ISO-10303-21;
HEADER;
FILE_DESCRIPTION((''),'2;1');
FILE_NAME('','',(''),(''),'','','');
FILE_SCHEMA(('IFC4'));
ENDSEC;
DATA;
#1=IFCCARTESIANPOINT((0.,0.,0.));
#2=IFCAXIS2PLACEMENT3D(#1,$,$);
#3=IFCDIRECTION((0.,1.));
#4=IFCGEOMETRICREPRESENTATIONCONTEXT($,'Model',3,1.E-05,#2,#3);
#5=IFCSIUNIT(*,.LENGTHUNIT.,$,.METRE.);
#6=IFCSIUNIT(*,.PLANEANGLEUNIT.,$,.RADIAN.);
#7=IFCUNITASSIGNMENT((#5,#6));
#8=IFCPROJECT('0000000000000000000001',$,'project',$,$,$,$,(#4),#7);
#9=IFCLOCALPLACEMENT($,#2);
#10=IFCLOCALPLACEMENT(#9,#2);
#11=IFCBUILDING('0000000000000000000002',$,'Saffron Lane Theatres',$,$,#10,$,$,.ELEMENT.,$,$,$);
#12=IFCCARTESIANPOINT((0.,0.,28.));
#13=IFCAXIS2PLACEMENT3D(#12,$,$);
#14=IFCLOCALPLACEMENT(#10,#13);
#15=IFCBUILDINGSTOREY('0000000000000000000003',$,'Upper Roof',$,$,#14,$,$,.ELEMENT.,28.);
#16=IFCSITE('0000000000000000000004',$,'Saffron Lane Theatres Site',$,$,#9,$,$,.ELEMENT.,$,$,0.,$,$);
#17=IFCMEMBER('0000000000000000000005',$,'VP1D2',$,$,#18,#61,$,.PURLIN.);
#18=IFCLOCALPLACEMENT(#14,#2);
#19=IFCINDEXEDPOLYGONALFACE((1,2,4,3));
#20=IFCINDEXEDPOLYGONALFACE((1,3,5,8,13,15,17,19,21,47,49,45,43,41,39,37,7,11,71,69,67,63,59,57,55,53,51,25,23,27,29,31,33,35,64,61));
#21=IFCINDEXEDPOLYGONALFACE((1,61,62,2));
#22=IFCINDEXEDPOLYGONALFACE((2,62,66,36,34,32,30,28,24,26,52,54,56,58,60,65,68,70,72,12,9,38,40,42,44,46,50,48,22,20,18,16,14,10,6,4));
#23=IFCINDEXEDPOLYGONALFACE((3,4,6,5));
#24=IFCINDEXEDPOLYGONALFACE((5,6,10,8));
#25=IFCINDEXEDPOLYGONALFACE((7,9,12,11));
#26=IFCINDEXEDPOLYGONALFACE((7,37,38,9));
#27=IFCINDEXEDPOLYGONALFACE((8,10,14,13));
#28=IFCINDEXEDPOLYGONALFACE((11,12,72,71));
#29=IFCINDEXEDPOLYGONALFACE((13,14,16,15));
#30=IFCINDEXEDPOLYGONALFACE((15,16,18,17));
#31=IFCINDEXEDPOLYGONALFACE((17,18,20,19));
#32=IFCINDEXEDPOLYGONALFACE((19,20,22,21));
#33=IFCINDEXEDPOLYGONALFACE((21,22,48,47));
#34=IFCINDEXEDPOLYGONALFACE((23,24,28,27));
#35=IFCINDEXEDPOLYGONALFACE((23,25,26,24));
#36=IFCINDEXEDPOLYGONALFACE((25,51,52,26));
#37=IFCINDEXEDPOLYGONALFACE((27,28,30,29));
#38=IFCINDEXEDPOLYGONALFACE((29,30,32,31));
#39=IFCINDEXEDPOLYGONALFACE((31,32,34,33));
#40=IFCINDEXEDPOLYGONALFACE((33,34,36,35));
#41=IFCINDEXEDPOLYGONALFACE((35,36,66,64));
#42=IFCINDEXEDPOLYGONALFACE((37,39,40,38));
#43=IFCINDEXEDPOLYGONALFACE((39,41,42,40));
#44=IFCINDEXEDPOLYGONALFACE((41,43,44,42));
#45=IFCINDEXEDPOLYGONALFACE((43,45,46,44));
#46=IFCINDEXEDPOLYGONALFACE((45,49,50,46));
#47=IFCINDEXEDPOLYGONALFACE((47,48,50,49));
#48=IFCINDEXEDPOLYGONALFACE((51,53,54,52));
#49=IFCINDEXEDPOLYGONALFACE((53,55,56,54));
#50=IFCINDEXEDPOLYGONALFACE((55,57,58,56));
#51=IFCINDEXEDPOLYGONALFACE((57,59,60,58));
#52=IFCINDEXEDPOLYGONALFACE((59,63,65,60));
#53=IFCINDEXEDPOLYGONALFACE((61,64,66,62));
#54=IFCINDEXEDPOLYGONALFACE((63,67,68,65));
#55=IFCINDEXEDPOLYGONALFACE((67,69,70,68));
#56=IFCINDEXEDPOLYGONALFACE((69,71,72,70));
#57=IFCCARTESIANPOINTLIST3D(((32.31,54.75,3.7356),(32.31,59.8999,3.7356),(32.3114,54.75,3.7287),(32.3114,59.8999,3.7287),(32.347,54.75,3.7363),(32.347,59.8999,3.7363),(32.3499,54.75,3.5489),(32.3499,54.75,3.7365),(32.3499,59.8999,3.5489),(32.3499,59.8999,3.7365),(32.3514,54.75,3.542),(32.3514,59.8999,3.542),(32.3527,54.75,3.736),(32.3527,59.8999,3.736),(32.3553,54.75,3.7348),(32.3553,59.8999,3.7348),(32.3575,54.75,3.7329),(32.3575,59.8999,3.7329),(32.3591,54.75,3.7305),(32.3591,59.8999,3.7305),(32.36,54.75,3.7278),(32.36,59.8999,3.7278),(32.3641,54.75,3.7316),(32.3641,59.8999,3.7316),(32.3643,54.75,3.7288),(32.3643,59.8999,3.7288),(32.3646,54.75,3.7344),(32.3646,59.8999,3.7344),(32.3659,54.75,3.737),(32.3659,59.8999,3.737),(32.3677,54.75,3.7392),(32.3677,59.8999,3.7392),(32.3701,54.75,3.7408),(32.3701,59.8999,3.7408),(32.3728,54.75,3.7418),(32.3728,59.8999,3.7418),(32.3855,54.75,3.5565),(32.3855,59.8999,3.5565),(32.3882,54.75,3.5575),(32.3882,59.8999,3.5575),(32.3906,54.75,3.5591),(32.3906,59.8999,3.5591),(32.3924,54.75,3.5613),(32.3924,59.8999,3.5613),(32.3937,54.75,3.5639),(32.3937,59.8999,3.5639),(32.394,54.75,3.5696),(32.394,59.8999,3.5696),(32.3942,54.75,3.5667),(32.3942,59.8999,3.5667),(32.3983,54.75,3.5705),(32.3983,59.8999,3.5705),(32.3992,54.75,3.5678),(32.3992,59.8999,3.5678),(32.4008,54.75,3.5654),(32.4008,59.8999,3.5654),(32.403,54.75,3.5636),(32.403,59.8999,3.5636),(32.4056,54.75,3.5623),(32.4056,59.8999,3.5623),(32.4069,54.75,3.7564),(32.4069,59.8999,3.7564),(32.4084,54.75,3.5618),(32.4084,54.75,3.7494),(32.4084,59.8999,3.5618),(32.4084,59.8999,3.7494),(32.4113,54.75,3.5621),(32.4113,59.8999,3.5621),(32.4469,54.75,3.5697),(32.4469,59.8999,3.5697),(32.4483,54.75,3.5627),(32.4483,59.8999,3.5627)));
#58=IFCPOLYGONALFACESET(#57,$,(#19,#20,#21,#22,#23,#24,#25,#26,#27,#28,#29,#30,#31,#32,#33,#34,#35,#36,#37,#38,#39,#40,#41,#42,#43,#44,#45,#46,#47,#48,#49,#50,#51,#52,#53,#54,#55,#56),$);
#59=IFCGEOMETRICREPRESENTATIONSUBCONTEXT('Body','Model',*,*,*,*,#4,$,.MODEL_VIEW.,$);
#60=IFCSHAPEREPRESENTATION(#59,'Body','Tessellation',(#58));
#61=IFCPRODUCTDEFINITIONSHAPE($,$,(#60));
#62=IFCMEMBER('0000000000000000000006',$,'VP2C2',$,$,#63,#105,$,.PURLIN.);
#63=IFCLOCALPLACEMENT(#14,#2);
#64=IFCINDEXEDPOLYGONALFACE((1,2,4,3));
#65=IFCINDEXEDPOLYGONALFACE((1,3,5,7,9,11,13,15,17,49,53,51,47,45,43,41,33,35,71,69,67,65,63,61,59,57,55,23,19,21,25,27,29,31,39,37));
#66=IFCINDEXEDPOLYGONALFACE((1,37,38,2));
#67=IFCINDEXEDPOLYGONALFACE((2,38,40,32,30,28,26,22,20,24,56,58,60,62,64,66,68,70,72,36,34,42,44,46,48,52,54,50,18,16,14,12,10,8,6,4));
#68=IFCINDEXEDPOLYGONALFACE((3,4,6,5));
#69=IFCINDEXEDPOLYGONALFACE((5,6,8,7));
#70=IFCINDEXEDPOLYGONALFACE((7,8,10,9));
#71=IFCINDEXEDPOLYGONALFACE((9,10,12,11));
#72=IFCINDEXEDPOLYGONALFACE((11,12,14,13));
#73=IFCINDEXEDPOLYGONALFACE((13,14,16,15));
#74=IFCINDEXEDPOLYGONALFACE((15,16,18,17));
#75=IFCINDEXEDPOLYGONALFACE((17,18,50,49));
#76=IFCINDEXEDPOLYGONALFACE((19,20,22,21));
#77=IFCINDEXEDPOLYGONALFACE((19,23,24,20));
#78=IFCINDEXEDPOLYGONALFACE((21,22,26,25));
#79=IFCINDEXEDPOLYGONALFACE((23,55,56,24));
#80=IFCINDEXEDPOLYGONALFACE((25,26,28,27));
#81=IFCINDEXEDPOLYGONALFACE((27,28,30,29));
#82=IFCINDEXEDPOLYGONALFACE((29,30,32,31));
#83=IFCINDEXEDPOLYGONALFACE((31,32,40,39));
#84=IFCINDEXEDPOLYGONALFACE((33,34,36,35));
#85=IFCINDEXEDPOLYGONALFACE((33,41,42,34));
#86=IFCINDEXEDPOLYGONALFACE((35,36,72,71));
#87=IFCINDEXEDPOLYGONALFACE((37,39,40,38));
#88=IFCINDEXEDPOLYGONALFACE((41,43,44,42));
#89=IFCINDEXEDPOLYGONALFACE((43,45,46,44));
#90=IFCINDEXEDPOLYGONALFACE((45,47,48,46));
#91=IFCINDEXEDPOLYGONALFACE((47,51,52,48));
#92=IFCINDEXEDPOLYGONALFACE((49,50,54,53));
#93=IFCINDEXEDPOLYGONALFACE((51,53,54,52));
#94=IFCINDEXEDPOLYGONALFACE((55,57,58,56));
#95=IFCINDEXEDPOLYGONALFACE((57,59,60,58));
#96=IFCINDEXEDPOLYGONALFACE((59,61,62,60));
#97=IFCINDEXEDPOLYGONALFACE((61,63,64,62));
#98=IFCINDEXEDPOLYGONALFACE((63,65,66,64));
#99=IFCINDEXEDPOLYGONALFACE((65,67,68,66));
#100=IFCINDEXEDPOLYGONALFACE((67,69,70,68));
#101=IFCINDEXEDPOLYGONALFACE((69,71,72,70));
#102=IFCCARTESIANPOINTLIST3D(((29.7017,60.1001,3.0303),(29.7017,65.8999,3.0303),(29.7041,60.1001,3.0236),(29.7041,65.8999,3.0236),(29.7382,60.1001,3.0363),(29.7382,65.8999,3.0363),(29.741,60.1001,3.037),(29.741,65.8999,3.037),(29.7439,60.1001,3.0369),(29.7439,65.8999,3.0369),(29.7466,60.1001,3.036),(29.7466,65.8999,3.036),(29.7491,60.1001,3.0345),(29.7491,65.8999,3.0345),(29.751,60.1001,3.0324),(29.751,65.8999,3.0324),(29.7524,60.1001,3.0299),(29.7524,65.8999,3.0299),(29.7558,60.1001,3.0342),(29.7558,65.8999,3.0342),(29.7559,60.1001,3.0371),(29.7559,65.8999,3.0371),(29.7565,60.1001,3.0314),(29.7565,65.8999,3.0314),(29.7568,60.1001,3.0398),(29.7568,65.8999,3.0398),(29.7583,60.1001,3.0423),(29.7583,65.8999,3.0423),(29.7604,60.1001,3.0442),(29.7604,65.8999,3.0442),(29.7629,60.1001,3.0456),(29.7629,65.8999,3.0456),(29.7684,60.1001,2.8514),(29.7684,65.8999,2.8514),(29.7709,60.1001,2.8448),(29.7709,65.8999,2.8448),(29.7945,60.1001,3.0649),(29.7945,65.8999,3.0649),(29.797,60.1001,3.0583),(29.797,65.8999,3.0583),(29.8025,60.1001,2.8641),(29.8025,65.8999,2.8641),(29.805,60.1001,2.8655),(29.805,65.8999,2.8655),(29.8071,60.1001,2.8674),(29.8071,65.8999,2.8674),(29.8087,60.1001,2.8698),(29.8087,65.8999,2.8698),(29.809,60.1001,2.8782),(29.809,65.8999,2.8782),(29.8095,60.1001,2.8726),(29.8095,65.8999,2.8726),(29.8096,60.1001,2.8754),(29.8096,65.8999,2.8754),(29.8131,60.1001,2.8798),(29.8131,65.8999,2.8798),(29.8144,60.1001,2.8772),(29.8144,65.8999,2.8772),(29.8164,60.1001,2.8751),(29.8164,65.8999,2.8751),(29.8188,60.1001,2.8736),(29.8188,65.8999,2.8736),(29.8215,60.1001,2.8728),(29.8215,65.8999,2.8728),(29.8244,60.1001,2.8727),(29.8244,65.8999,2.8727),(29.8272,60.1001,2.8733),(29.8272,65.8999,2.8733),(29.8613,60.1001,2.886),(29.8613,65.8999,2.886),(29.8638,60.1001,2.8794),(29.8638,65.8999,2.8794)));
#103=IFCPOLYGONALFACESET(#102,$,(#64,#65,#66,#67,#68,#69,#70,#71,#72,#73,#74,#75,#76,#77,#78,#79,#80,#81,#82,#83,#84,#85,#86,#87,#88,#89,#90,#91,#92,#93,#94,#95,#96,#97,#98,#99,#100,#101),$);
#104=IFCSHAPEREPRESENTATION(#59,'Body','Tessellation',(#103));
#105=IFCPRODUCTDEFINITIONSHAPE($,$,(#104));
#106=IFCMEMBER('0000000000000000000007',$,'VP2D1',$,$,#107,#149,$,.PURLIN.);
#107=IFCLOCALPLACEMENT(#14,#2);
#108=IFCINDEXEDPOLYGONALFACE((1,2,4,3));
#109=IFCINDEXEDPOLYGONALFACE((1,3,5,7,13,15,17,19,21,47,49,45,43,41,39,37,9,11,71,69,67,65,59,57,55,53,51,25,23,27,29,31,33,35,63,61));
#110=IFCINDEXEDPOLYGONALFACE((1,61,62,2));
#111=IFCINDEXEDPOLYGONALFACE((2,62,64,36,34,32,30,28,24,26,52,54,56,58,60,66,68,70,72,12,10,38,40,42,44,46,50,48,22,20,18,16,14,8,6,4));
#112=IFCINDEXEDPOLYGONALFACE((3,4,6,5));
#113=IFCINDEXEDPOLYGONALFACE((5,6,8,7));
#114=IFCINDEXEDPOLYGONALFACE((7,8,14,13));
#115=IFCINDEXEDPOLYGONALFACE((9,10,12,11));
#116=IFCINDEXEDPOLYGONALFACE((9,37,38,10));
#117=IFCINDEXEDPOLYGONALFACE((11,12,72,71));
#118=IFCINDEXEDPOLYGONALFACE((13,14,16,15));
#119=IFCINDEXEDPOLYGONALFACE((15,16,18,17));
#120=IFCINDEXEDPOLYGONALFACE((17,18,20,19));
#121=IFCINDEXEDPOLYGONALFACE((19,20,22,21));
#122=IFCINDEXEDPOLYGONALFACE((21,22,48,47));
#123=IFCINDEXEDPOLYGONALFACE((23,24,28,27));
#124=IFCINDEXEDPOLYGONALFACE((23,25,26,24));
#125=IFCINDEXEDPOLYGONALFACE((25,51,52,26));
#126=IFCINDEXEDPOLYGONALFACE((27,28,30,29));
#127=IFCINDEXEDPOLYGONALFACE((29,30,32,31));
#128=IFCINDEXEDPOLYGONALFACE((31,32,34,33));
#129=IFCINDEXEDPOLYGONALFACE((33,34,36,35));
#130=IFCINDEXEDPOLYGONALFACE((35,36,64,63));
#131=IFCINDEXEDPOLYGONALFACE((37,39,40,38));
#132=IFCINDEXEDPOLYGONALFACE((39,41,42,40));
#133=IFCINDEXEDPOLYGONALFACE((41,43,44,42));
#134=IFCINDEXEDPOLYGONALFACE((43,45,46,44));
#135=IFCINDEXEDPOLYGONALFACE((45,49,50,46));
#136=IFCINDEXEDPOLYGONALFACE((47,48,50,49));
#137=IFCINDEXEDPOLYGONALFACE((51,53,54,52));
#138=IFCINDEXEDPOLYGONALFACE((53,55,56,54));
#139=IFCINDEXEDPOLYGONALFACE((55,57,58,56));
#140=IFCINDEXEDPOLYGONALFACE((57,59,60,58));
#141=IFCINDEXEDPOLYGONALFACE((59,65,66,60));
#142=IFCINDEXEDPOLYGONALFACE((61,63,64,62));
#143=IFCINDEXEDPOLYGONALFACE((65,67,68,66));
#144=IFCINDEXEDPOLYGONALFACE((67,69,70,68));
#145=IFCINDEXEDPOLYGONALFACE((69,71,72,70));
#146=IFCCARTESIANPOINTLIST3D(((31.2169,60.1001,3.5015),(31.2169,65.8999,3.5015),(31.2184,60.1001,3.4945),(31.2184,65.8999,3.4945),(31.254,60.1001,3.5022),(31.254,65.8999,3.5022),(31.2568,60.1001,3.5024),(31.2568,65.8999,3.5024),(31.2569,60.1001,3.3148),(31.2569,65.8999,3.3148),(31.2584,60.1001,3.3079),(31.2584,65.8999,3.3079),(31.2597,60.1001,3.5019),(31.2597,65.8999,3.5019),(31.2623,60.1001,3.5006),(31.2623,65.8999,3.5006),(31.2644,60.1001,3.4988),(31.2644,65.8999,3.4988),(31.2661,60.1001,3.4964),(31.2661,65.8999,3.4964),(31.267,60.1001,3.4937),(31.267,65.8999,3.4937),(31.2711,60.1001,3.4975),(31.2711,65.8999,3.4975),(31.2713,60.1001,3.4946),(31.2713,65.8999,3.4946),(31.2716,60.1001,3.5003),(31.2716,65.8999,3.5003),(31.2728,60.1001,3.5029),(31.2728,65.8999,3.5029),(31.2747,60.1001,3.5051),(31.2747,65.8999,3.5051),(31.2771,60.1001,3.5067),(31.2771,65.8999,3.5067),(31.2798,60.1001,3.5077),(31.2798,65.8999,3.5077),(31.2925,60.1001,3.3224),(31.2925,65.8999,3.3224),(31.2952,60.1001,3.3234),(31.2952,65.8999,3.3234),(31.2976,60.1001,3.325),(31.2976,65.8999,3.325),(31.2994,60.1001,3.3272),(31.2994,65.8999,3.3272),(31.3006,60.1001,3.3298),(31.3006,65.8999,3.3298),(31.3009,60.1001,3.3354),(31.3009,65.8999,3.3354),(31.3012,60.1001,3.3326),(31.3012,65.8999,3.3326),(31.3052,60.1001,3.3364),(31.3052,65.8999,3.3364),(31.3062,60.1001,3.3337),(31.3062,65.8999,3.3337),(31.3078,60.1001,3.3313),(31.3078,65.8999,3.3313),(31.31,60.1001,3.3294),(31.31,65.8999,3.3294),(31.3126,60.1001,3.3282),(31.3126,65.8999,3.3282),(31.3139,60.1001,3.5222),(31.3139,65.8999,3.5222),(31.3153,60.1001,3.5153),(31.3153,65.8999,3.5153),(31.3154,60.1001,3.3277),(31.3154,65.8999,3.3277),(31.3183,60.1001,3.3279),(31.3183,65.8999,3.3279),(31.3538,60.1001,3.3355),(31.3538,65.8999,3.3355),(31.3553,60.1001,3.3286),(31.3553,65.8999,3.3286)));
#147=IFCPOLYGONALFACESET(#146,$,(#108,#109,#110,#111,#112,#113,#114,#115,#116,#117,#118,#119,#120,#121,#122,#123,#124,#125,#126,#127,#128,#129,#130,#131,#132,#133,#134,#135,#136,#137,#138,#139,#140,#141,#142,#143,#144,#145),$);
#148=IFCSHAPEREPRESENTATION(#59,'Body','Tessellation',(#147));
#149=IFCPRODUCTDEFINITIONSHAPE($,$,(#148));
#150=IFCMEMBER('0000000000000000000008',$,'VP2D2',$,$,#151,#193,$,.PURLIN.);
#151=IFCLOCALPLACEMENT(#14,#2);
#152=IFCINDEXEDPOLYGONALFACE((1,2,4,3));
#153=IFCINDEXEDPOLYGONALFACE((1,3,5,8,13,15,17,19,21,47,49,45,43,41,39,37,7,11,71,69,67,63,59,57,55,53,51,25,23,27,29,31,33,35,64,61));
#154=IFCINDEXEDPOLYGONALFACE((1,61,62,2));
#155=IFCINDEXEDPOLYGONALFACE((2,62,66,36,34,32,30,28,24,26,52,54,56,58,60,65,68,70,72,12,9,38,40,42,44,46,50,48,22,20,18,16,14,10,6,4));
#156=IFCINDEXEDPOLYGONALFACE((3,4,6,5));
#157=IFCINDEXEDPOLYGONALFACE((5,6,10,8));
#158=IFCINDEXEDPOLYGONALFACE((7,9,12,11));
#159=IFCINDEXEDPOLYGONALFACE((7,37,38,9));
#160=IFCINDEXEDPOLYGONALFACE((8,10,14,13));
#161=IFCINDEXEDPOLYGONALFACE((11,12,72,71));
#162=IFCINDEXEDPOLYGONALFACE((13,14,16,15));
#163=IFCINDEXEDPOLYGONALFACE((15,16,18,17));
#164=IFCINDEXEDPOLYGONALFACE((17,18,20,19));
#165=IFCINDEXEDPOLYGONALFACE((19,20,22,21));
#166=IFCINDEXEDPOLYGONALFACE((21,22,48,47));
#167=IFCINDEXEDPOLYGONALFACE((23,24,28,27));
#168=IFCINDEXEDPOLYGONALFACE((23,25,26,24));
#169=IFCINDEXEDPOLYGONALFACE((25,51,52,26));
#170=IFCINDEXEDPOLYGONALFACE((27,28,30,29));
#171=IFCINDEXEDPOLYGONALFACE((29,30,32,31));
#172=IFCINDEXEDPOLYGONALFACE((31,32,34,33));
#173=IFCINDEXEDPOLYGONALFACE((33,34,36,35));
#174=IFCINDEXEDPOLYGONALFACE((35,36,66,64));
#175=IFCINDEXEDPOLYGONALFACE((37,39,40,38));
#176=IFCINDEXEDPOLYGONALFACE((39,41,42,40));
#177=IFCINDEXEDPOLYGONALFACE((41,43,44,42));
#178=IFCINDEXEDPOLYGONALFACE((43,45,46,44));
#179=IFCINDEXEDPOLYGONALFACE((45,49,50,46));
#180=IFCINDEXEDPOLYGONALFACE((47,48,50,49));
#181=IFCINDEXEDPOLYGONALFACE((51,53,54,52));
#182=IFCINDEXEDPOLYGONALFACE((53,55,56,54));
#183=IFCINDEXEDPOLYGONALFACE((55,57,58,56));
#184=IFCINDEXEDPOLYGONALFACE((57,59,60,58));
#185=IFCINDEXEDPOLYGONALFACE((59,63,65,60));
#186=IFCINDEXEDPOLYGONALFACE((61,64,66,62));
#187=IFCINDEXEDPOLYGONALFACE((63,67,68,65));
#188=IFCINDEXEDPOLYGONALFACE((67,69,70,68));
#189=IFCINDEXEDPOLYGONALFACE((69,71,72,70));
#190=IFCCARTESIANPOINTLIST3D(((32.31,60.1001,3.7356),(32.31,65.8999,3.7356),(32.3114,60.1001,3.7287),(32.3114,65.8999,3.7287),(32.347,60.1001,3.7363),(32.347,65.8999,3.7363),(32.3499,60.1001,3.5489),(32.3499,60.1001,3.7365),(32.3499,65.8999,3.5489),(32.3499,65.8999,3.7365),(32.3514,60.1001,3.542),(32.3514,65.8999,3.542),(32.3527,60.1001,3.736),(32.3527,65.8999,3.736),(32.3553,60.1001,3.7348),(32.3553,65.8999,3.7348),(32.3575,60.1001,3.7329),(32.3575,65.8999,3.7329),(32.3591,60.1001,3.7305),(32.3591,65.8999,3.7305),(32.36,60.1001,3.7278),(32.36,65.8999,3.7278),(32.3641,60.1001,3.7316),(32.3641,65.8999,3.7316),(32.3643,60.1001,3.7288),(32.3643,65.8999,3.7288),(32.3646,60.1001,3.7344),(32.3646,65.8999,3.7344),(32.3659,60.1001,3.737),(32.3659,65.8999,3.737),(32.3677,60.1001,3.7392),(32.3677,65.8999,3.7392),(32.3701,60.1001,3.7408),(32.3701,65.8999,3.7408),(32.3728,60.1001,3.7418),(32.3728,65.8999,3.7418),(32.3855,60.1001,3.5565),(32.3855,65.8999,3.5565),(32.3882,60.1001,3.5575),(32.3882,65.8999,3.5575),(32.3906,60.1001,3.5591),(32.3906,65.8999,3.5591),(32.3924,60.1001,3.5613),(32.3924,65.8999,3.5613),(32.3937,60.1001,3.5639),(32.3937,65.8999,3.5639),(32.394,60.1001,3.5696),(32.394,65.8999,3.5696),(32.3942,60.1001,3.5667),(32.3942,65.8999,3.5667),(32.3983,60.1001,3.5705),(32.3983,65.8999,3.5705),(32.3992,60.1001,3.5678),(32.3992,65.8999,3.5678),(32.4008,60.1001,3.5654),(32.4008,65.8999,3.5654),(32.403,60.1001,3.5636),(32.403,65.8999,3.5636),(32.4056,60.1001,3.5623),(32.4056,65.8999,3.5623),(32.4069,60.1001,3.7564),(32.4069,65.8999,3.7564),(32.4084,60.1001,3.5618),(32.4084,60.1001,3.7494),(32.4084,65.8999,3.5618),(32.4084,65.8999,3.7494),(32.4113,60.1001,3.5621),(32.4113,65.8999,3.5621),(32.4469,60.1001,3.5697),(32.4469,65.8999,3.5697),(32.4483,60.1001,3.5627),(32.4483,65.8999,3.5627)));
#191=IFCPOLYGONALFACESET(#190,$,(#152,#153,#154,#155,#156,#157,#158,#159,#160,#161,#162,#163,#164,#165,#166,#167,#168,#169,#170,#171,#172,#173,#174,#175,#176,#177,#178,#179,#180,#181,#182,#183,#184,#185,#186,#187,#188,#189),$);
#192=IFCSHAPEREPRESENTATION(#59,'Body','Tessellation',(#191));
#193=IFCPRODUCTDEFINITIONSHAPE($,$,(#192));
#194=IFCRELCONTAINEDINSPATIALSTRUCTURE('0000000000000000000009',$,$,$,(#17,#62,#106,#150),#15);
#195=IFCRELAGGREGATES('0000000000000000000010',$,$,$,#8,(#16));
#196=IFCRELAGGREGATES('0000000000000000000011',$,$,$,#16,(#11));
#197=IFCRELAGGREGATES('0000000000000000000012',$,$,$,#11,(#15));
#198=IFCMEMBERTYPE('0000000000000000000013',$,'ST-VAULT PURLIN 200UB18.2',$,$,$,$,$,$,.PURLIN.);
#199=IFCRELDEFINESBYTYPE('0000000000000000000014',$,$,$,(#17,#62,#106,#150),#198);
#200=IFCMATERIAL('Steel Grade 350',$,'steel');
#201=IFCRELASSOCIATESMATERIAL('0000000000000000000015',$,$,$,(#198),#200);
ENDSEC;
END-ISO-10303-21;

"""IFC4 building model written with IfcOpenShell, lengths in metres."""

from ifc_helpers import new_model, si_unit, direction, frame, origin, origin_2d, place, context, subcontext, project, spatial, i_section, extrude, material, material_profile, profile_set, type_object, element, save


model = new_model("IFC4")

# Units and contexts
model_context = context("Model", 3, precision=1e-05, world=origin(), true_north=direction((0.0, 1.0)))
body_context = subcontext(model_context, "Body", "Model", "MODEL_VIEW")
ifc_project = project(units=[si_unit("LENGTHUNIT", "METRE"), si_unit("PLANEANGLEUNIT", "RADIAN")], contexts=[model_context])

# Site, building, storey
site_placement = place(None, origin())
site = spatial("IfcSite", under=ifc_project, at=site_placement, Name="Saffron Lane Theatres Site", CompositionType="ELEMENT", RefElevation=0.0)
building_placement = place(site_placement, origin())
building = spatial("IfcBuilding", under=site, at=building_placement, Name="Saffron Lane Theatres", CompositionType="ELEMENT")
storey_placement = place(building_placement, frame((0.0, 0.0, 28.0)))
storey = spatial("IfcBuildingStorey", under=building, at=storey_placement, Name="Upper Roof", CompositionType="ELEMENT", Elevation=28.0)

# Members
ifc_material_1 = material(Name="Steel Grade 350", Category="steel")
ifc_material_profile_1 = material_profile(ifc_material_1, i_section(OverallWidth=0.0991, OverallDepth=0.198, WebThickness=0.0044, FlangeThickness=0.0071, FilletRadius=0.011, at=origin_2d()))
ifc_profile_set_1 = profile_set([ifc_material_profile_1], Name="Steel Grade 350")
member_type_1 = type_object("IfcMemberType", Name="ST-VAULT PURLIN 200UB18.2", PredefinedType="PURLIN", material=ifc_profile_set_1)
for number, where, z_axis, x_axis, name in (
    (1, (32.3792, 54.75, 3.6492), (0.0, 1.0, 0.0), (0.977816, 0.0, 0.209466), "VP1D2"),
):
    element("IfcMember", number, at=place(storey_placement, frame(where, z_axis=z_axis, x_axis=x_axis)), inside=storey, type_object=member_type_1, Name=name, PredefinedType="PURLIN", context=body_context, shape_type="SweptSolid", body=[
        extrude(i_section(OverallWidth=0.0991, OverallDepth=0.198, WebThickness=0.0044, FlangeThickness=0.0071, FilletRadius=0.011, at=origin_2d()), origin(), (0.0, 0.0, 1.0), 5.1499),
    ])
for number, where, z_axis, x_axis, name in (
    (2, (29.7827, 60.1001, 2.9548), (0.0, 1.0, 0.0), (0.93689, 0.0, 0.349624), "VP2C2"),
    (3, (31.2861, 60.1001, 3.415), (0.0, 1.0, 0.0), (0.977816, 0.0, 0.209466), "VP2D1"),
    (4, (32.3792, 60.1001, 3.6492), (0.0, 1.0, 0.0), (0.977816, 0.0, 0.209466), "VP2D2"),
):
    element("IfcMember", number, at=place(storey_placement, frame(where, z_axis=z_axis, x_axis=x_axis)), inside=storey, type_object=member_type_1, Name=name, PredefinedType="PURLIN", context=body_context, shape_type="SweptSolid", body=[
        extrude(i_section(OverallWidth=0.0991, OverallDepth=0.198, WebThickness=0.0044, FlangeThickness=0.0071, FilletRadius=0.011, at=origin_2d()), origin(), (0.0, 0.0, 1.0), 5.7998),
    ])

save(model, "model.ifc")
